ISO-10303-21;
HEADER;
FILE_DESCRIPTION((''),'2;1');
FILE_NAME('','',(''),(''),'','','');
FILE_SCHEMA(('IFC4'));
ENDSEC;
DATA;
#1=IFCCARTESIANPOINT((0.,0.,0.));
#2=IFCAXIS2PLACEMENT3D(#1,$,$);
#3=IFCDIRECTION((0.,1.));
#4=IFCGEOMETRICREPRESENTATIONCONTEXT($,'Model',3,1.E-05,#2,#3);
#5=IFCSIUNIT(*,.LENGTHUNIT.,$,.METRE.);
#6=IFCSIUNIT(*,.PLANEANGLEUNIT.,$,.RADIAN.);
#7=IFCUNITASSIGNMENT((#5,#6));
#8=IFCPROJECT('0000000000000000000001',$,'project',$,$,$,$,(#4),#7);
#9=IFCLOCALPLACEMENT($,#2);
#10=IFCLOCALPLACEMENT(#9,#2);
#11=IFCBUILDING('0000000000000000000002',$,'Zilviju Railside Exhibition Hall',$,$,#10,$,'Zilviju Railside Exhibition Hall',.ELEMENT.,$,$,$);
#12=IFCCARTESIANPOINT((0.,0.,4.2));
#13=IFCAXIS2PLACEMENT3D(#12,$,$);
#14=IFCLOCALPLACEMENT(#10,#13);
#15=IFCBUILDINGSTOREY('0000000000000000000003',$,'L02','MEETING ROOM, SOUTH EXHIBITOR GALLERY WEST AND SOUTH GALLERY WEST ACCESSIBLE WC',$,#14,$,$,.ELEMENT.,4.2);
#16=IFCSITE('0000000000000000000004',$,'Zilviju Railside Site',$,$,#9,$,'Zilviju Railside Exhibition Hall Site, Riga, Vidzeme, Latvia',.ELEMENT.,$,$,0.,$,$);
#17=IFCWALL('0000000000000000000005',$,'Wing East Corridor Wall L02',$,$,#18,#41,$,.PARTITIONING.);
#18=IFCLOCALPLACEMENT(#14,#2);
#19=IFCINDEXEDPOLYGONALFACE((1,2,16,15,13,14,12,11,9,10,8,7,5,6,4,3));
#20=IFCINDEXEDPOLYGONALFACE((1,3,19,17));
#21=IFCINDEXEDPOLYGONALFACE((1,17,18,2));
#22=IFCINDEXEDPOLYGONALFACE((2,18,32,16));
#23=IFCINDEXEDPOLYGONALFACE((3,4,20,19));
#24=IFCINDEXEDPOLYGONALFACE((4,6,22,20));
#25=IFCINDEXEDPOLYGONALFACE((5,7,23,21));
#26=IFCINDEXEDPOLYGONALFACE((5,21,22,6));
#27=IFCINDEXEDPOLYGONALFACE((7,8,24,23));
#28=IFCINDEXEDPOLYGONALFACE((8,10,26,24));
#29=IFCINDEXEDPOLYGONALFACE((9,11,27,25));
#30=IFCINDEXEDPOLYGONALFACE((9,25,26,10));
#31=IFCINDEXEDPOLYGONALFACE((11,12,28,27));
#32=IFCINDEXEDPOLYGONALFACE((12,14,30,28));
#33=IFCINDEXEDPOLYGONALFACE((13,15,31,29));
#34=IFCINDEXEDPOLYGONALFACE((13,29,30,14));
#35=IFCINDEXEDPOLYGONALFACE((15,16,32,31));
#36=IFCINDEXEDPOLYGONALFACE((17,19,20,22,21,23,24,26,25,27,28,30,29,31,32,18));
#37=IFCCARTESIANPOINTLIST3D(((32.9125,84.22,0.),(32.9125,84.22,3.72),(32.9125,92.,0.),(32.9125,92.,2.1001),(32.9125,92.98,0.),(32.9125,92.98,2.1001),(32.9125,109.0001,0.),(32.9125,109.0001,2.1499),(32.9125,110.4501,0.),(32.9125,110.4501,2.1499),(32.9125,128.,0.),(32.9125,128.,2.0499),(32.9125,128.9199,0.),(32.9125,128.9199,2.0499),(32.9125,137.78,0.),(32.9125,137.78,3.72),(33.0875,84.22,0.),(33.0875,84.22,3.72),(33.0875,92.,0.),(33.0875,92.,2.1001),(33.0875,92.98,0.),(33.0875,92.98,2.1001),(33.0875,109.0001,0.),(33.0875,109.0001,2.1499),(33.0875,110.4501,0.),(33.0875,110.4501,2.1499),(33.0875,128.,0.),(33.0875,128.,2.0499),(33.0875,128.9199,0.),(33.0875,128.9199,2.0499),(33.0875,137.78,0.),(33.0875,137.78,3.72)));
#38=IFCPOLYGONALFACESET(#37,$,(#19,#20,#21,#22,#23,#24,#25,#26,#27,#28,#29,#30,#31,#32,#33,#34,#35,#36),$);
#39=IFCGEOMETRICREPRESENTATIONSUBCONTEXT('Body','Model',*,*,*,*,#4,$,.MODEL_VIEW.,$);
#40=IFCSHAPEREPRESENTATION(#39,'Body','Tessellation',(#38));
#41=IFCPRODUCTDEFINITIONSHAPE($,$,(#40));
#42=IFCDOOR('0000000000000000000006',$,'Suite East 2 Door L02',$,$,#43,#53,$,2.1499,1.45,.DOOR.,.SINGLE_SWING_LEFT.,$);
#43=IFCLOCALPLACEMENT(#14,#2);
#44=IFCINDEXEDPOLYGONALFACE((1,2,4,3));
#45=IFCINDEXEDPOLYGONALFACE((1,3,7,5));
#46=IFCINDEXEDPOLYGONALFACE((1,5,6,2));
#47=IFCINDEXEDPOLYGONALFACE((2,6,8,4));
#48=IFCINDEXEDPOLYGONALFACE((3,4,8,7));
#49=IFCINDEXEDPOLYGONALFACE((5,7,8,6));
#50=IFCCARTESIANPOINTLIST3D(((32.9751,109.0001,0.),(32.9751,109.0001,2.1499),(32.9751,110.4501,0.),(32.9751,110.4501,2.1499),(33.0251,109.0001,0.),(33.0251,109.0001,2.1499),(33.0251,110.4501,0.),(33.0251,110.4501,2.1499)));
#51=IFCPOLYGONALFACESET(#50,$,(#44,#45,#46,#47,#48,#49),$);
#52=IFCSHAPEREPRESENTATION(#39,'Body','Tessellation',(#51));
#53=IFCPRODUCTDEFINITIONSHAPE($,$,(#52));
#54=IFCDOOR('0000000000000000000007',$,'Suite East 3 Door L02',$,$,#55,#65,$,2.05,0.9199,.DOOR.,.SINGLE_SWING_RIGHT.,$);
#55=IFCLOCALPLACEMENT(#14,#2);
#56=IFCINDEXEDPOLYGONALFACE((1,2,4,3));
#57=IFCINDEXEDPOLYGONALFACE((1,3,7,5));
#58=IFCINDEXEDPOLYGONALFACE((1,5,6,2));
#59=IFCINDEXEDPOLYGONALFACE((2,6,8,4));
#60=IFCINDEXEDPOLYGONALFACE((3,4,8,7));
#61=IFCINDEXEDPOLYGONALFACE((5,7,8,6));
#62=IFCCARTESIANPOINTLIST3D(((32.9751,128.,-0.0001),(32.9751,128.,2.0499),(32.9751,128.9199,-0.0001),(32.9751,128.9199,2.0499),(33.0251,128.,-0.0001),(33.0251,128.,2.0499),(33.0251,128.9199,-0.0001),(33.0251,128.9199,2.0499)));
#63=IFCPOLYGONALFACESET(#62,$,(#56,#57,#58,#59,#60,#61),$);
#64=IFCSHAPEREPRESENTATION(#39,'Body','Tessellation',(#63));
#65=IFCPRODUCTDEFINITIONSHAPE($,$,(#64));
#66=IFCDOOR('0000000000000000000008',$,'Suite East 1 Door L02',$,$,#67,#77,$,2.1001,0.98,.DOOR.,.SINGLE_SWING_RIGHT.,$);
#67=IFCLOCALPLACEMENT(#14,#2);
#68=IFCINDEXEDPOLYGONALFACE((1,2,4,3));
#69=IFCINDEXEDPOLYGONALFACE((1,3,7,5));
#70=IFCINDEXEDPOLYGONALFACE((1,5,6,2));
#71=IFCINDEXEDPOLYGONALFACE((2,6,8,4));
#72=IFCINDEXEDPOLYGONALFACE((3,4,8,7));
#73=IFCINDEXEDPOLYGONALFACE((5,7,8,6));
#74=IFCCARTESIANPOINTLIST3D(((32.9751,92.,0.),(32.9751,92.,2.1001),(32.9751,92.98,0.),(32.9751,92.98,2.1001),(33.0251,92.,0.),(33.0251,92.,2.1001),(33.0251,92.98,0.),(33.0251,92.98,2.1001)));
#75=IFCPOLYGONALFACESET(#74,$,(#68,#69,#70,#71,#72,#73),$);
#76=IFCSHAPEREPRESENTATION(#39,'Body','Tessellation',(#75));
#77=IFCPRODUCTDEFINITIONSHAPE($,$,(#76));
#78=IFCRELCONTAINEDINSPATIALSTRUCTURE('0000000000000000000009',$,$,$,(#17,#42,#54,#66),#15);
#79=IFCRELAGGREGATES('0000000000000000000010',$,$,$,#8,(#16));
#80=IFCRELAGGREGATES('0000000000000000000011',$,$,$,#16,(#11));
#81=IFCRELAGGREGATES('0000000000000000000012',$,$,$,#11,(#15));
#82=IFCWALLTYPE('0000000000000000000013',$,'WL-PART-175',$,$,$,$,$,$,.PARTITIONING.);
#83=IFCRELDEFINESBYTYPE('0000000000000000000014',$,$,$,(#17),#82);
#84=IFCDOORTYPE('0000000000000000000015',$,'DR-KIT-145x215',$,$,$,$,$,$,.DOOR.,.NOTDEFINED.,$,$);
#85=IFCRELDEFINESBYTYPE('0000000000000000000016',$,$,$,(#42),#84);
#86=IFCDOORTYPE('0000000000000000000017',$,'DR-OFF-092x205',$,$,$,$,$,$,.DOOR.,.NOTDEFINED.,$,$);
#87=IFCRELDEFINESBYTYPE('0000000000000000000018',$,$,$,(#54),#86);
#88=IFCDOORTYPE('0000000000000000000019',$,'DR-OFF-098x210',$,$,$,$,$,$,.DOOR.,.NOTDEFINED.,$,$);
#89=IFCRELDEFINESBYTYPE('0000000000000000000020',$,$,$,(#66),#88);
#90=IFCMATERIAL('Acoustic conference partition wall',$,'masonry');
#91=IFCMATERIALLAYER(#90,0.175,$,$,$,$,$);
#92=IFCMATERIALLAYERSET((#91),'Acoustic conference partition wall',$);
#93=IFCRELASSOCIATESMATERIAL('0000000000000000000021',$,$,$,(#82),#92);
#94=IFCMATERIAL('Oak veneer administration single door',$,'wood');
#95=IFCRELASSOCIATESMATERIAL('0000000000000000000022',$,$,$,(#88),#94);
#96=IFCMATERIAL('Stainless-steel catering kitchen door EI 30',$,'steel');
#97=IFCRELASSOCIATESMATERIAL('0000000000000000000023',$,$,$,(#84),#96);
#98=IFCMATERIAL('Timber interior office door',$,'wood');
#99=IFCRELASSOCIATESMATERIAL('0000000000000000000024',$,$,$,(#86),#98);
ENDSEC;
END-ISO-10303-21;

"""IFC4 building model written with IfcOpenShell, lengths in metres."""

from ifc_helpers import new_model, si_unit, direction, frame, frame_2d, origin, place, context, subcontext, project, spatial, rectangle, extrude, material, layer, layer_set, type_object, element, fill, save


model = new_model("IFC4")

# Units and contexts
model_context = context("Model", 3, precision=1e-05, world=origin(), true_north=direction((0.0, 1.0)))
body_context = subcontext(model_context, "Body", "Model", "MODEL_VIEW")
ifc_project = project(units=[si_unit("LENGTHUNIT", "METRE"), si_unit("PLANEANGLEUNIT", "RADIAN")], contexts=[model_context])

# Site, building, storey
site_placement = place(None, origin())
site = spatial("IfcSite", under=ifc_project, at=site_placement, Name="Zilviju Railside Site", LongName="Zilviju Railside Exhibition Hall Site, Riga, Vidzeme, Latvia", CompositionType="ELEMENT", RefElevation=0.0)
building_placement = place(site_placement, origin())
building = spatial("IfcBuilding", under=site, at=building_placement, Name="Zilviju Railside Exhibition Hall", LongName="Zilviju Railside Exhibition Hall", CompositionType="ELEMENT")
storey_placement = place(building_placement, frame((0.0, 0.0, 4.2)))
storey = spatial("IfcBuildingStorey", under=building, at=storey_placement, Name="L02", Description="MEETING ROOM, SOUTH EXHIBITOR GALLERY WEST AND SOUTH GALLERY WEST ACCESSIBLE WC", CompositionType="ELEMENT", Elevation=4.2)

# Wall, openings, doors
ifc_material_1 = material(Name="Acoustic conference partition wall", Category="masonry")
ifc_layer_1 = layer(ifc_material_1, 0.175)
ifc_layer_set_1 = layer_set([ifc_layer_1], Name="Acoustic conference partition wall")
wall_type_1 = type_object("IfcWallType", Name="WL-PART-175", PredefinedType="PARTITIONING", material=ifc_layer_set_1)
ifc_material_2 = material(Name="Oak veneer administration single door", Category="wood")
door_type_1 = type_object("IfcDoorType", Name="DR-OFF-098x210", OperationType="NOTDEFINED", PredefinedType="DOOR", material=ifc_material_2)
wall_1_placement = place(storey_placement, frame((33.0, 84.22, 0.0), z_axis=(0.0, 0.0, 1.0), x_axis=(0.0, 1.0, 0.0)))
wall_1 = element("IfcWall", 1, at=wall_1_placement, inside=storey, type_object=wall_type_1, Name="Wing East Corridor Wall L02", PredefinedType="PARTITIONING", context=body_context, shape_type="SweptSolid", body=[
    extrude(rectangle(XDim=53.5601, YDim=0.175, at=frame_2d((26.78, 0.0))), origin(), (0.0, 0.0, 1.0), 3.72),
])
opening_1_placement = place(wall_1_placement, frame((7.78, 0.0, 0.0)))
opening_1 = element("IfcOpeningElement", 2, at=opening_1_placement, cuts=wall_1, PredefinedType="OPENING", context=body_context, shape_type="SweptSolid", body=[
    extrude(rectangle(XDim=0.98, YDim=2.1001, at=frame_2d((0.49, 1.05))), frame((0.0, 0.0974, 0.0), z_axis=(0.0, -1.0, 0.0), x_axis=(1.0, 0.0, 0.0)), (0.0, 0.0, 1.0), 0.1951),
])
opening_2_placement = place(wall_1_placement, frame((24.78, 0.0, 0.0)))
opening_2 = element("IfcOpeningElement", 3, at=opening_2_placement, cuts=wall_1, PredefinedType="OPENING", context=body_context, shape_type="SweptSolid", body=[
    extrude(rectangle(XDim=1.45, YDim=2.1499, at=frame_2d((0.7251, 1.075))), frame((0.0, 0.0974, 0.0), z_axis=(0.0, -1.0, 0.0), x_axis=(1.0, 0.0, 0.0)), (0.0, 0.0, 1.0), 0.1951),
])
opening_3_placement = place(wall_1_placement, frame((43.78, 0.0, 0.0)))
opening_3 = element("IfcOpeningElement", 4, at=opening_3_placement, cuts=wall_1, PredefinedType="OPENING", context=body_context, shape_type="SweptSolid", body=[
    extrude(rectangle(XDim=0.9199, YDim=2.05, at=frame_2d((0.46, 1.0249))), frame((0.0, 0.0974, 0.0), z_axis=(0.0, -1.0, 0.0), x_axis=(1.0, 0.0, 0.0)), (0.0, 0.0, 1.0), 0.1951),
])
ifc_material_3 = material(Name="Stainless-steel catering kitchen door EI 30", Category="steel")
door_type_2 = type_object("IfcDoorType", Name="DR-KIT-145x215", OperationType="NOTDEFINED", PredefinedType="DOOR", material=ifc_material_3)
door_1_placement = place(opening_2_placement, origin())
door_1 = element("IfcDoor", 5, at=door_1_placement, inside=storey, type_object=door_type_2, Name="Suite East 2 Door L02", OperationType="SINGLE_SWING_LEFT", OverallHeight=2.1499, OverallWidth=1.45, PredefinedType="DOOR", context=body_context, shape_type="SweptSolid", body=[
    extrude(rectangle(XDim=1.45, YDim=2.1499, at=frame_2d((0.7251, 1.075))), frame((0.0, 0.0249, 0.0), z_axis=(0.0, -1.0, 0.0), x_axis=(1.0, 0.0, 0.0)), (0.0, 0.0, 1.0), 0.05),
])
fill(opening_2, door_1)
ifc_material_4 = material(Name="Timber interior office door", Category="wood")
door_type_3 = type_object("IfcDoorType", Name="DR-OFF-092x205", OperationType="NOTDEFINED", PredefinedType="DOOR", material=ifc_material_4)
door_2_placement = place(opening_3_placement, origin())
door_2 = element("IfcDoor", 6, at=door_2_placement, inside=storey, type_object=door_type_3, Name="Suite East 3 Door L02", OperationType="SINGLE_SWING_RIGHT", OverallHeight=2.05, OverallWidth=0.9199, PredefinedType="DOOR", context=body_context, shape_type="SweptSolid", body=[
    extrude(rectangle(XDim=0.9199, YDim=2.05, at=frame_2d((0.46, 1.0249))), frame((0.0, 0.0249, 0.0), z_axis=(0.0, -1.0, 0.0), x_axis=(1.0, 0.0, 0.0)), (0.0, 0.0, 1.0), 0.05),
])
fill(opening_3, door_2)
door_3_placement = place(opening_1_placement, origin())
door_3 = element("IfcDoor", 7, at=door_3_placement, inside=storey, type_object=door_type_1, Name="Suite East 1 Door L02", OperationType="SINGLE_SWING_RIGHT", OverallHeight=2.1001, OverallWidth=0.98, PredefinedType="DOOR", context=body_context, shape_type="SweptSolid", body=[
    extrude(rectangle(XDim=0.98, YDim=2.1001, at=frame_2d((0.49, 1.05))), frame((0.0, 0.0249, 0.0), z_axis=(0.0, -1.0, 0.0), x_axis=(1.0, 0.0, 0.0)), (0.0, 0.0, 1.0), 0.05),
])
fill(opening_1, door_3)

save(model, "model.ifc")
